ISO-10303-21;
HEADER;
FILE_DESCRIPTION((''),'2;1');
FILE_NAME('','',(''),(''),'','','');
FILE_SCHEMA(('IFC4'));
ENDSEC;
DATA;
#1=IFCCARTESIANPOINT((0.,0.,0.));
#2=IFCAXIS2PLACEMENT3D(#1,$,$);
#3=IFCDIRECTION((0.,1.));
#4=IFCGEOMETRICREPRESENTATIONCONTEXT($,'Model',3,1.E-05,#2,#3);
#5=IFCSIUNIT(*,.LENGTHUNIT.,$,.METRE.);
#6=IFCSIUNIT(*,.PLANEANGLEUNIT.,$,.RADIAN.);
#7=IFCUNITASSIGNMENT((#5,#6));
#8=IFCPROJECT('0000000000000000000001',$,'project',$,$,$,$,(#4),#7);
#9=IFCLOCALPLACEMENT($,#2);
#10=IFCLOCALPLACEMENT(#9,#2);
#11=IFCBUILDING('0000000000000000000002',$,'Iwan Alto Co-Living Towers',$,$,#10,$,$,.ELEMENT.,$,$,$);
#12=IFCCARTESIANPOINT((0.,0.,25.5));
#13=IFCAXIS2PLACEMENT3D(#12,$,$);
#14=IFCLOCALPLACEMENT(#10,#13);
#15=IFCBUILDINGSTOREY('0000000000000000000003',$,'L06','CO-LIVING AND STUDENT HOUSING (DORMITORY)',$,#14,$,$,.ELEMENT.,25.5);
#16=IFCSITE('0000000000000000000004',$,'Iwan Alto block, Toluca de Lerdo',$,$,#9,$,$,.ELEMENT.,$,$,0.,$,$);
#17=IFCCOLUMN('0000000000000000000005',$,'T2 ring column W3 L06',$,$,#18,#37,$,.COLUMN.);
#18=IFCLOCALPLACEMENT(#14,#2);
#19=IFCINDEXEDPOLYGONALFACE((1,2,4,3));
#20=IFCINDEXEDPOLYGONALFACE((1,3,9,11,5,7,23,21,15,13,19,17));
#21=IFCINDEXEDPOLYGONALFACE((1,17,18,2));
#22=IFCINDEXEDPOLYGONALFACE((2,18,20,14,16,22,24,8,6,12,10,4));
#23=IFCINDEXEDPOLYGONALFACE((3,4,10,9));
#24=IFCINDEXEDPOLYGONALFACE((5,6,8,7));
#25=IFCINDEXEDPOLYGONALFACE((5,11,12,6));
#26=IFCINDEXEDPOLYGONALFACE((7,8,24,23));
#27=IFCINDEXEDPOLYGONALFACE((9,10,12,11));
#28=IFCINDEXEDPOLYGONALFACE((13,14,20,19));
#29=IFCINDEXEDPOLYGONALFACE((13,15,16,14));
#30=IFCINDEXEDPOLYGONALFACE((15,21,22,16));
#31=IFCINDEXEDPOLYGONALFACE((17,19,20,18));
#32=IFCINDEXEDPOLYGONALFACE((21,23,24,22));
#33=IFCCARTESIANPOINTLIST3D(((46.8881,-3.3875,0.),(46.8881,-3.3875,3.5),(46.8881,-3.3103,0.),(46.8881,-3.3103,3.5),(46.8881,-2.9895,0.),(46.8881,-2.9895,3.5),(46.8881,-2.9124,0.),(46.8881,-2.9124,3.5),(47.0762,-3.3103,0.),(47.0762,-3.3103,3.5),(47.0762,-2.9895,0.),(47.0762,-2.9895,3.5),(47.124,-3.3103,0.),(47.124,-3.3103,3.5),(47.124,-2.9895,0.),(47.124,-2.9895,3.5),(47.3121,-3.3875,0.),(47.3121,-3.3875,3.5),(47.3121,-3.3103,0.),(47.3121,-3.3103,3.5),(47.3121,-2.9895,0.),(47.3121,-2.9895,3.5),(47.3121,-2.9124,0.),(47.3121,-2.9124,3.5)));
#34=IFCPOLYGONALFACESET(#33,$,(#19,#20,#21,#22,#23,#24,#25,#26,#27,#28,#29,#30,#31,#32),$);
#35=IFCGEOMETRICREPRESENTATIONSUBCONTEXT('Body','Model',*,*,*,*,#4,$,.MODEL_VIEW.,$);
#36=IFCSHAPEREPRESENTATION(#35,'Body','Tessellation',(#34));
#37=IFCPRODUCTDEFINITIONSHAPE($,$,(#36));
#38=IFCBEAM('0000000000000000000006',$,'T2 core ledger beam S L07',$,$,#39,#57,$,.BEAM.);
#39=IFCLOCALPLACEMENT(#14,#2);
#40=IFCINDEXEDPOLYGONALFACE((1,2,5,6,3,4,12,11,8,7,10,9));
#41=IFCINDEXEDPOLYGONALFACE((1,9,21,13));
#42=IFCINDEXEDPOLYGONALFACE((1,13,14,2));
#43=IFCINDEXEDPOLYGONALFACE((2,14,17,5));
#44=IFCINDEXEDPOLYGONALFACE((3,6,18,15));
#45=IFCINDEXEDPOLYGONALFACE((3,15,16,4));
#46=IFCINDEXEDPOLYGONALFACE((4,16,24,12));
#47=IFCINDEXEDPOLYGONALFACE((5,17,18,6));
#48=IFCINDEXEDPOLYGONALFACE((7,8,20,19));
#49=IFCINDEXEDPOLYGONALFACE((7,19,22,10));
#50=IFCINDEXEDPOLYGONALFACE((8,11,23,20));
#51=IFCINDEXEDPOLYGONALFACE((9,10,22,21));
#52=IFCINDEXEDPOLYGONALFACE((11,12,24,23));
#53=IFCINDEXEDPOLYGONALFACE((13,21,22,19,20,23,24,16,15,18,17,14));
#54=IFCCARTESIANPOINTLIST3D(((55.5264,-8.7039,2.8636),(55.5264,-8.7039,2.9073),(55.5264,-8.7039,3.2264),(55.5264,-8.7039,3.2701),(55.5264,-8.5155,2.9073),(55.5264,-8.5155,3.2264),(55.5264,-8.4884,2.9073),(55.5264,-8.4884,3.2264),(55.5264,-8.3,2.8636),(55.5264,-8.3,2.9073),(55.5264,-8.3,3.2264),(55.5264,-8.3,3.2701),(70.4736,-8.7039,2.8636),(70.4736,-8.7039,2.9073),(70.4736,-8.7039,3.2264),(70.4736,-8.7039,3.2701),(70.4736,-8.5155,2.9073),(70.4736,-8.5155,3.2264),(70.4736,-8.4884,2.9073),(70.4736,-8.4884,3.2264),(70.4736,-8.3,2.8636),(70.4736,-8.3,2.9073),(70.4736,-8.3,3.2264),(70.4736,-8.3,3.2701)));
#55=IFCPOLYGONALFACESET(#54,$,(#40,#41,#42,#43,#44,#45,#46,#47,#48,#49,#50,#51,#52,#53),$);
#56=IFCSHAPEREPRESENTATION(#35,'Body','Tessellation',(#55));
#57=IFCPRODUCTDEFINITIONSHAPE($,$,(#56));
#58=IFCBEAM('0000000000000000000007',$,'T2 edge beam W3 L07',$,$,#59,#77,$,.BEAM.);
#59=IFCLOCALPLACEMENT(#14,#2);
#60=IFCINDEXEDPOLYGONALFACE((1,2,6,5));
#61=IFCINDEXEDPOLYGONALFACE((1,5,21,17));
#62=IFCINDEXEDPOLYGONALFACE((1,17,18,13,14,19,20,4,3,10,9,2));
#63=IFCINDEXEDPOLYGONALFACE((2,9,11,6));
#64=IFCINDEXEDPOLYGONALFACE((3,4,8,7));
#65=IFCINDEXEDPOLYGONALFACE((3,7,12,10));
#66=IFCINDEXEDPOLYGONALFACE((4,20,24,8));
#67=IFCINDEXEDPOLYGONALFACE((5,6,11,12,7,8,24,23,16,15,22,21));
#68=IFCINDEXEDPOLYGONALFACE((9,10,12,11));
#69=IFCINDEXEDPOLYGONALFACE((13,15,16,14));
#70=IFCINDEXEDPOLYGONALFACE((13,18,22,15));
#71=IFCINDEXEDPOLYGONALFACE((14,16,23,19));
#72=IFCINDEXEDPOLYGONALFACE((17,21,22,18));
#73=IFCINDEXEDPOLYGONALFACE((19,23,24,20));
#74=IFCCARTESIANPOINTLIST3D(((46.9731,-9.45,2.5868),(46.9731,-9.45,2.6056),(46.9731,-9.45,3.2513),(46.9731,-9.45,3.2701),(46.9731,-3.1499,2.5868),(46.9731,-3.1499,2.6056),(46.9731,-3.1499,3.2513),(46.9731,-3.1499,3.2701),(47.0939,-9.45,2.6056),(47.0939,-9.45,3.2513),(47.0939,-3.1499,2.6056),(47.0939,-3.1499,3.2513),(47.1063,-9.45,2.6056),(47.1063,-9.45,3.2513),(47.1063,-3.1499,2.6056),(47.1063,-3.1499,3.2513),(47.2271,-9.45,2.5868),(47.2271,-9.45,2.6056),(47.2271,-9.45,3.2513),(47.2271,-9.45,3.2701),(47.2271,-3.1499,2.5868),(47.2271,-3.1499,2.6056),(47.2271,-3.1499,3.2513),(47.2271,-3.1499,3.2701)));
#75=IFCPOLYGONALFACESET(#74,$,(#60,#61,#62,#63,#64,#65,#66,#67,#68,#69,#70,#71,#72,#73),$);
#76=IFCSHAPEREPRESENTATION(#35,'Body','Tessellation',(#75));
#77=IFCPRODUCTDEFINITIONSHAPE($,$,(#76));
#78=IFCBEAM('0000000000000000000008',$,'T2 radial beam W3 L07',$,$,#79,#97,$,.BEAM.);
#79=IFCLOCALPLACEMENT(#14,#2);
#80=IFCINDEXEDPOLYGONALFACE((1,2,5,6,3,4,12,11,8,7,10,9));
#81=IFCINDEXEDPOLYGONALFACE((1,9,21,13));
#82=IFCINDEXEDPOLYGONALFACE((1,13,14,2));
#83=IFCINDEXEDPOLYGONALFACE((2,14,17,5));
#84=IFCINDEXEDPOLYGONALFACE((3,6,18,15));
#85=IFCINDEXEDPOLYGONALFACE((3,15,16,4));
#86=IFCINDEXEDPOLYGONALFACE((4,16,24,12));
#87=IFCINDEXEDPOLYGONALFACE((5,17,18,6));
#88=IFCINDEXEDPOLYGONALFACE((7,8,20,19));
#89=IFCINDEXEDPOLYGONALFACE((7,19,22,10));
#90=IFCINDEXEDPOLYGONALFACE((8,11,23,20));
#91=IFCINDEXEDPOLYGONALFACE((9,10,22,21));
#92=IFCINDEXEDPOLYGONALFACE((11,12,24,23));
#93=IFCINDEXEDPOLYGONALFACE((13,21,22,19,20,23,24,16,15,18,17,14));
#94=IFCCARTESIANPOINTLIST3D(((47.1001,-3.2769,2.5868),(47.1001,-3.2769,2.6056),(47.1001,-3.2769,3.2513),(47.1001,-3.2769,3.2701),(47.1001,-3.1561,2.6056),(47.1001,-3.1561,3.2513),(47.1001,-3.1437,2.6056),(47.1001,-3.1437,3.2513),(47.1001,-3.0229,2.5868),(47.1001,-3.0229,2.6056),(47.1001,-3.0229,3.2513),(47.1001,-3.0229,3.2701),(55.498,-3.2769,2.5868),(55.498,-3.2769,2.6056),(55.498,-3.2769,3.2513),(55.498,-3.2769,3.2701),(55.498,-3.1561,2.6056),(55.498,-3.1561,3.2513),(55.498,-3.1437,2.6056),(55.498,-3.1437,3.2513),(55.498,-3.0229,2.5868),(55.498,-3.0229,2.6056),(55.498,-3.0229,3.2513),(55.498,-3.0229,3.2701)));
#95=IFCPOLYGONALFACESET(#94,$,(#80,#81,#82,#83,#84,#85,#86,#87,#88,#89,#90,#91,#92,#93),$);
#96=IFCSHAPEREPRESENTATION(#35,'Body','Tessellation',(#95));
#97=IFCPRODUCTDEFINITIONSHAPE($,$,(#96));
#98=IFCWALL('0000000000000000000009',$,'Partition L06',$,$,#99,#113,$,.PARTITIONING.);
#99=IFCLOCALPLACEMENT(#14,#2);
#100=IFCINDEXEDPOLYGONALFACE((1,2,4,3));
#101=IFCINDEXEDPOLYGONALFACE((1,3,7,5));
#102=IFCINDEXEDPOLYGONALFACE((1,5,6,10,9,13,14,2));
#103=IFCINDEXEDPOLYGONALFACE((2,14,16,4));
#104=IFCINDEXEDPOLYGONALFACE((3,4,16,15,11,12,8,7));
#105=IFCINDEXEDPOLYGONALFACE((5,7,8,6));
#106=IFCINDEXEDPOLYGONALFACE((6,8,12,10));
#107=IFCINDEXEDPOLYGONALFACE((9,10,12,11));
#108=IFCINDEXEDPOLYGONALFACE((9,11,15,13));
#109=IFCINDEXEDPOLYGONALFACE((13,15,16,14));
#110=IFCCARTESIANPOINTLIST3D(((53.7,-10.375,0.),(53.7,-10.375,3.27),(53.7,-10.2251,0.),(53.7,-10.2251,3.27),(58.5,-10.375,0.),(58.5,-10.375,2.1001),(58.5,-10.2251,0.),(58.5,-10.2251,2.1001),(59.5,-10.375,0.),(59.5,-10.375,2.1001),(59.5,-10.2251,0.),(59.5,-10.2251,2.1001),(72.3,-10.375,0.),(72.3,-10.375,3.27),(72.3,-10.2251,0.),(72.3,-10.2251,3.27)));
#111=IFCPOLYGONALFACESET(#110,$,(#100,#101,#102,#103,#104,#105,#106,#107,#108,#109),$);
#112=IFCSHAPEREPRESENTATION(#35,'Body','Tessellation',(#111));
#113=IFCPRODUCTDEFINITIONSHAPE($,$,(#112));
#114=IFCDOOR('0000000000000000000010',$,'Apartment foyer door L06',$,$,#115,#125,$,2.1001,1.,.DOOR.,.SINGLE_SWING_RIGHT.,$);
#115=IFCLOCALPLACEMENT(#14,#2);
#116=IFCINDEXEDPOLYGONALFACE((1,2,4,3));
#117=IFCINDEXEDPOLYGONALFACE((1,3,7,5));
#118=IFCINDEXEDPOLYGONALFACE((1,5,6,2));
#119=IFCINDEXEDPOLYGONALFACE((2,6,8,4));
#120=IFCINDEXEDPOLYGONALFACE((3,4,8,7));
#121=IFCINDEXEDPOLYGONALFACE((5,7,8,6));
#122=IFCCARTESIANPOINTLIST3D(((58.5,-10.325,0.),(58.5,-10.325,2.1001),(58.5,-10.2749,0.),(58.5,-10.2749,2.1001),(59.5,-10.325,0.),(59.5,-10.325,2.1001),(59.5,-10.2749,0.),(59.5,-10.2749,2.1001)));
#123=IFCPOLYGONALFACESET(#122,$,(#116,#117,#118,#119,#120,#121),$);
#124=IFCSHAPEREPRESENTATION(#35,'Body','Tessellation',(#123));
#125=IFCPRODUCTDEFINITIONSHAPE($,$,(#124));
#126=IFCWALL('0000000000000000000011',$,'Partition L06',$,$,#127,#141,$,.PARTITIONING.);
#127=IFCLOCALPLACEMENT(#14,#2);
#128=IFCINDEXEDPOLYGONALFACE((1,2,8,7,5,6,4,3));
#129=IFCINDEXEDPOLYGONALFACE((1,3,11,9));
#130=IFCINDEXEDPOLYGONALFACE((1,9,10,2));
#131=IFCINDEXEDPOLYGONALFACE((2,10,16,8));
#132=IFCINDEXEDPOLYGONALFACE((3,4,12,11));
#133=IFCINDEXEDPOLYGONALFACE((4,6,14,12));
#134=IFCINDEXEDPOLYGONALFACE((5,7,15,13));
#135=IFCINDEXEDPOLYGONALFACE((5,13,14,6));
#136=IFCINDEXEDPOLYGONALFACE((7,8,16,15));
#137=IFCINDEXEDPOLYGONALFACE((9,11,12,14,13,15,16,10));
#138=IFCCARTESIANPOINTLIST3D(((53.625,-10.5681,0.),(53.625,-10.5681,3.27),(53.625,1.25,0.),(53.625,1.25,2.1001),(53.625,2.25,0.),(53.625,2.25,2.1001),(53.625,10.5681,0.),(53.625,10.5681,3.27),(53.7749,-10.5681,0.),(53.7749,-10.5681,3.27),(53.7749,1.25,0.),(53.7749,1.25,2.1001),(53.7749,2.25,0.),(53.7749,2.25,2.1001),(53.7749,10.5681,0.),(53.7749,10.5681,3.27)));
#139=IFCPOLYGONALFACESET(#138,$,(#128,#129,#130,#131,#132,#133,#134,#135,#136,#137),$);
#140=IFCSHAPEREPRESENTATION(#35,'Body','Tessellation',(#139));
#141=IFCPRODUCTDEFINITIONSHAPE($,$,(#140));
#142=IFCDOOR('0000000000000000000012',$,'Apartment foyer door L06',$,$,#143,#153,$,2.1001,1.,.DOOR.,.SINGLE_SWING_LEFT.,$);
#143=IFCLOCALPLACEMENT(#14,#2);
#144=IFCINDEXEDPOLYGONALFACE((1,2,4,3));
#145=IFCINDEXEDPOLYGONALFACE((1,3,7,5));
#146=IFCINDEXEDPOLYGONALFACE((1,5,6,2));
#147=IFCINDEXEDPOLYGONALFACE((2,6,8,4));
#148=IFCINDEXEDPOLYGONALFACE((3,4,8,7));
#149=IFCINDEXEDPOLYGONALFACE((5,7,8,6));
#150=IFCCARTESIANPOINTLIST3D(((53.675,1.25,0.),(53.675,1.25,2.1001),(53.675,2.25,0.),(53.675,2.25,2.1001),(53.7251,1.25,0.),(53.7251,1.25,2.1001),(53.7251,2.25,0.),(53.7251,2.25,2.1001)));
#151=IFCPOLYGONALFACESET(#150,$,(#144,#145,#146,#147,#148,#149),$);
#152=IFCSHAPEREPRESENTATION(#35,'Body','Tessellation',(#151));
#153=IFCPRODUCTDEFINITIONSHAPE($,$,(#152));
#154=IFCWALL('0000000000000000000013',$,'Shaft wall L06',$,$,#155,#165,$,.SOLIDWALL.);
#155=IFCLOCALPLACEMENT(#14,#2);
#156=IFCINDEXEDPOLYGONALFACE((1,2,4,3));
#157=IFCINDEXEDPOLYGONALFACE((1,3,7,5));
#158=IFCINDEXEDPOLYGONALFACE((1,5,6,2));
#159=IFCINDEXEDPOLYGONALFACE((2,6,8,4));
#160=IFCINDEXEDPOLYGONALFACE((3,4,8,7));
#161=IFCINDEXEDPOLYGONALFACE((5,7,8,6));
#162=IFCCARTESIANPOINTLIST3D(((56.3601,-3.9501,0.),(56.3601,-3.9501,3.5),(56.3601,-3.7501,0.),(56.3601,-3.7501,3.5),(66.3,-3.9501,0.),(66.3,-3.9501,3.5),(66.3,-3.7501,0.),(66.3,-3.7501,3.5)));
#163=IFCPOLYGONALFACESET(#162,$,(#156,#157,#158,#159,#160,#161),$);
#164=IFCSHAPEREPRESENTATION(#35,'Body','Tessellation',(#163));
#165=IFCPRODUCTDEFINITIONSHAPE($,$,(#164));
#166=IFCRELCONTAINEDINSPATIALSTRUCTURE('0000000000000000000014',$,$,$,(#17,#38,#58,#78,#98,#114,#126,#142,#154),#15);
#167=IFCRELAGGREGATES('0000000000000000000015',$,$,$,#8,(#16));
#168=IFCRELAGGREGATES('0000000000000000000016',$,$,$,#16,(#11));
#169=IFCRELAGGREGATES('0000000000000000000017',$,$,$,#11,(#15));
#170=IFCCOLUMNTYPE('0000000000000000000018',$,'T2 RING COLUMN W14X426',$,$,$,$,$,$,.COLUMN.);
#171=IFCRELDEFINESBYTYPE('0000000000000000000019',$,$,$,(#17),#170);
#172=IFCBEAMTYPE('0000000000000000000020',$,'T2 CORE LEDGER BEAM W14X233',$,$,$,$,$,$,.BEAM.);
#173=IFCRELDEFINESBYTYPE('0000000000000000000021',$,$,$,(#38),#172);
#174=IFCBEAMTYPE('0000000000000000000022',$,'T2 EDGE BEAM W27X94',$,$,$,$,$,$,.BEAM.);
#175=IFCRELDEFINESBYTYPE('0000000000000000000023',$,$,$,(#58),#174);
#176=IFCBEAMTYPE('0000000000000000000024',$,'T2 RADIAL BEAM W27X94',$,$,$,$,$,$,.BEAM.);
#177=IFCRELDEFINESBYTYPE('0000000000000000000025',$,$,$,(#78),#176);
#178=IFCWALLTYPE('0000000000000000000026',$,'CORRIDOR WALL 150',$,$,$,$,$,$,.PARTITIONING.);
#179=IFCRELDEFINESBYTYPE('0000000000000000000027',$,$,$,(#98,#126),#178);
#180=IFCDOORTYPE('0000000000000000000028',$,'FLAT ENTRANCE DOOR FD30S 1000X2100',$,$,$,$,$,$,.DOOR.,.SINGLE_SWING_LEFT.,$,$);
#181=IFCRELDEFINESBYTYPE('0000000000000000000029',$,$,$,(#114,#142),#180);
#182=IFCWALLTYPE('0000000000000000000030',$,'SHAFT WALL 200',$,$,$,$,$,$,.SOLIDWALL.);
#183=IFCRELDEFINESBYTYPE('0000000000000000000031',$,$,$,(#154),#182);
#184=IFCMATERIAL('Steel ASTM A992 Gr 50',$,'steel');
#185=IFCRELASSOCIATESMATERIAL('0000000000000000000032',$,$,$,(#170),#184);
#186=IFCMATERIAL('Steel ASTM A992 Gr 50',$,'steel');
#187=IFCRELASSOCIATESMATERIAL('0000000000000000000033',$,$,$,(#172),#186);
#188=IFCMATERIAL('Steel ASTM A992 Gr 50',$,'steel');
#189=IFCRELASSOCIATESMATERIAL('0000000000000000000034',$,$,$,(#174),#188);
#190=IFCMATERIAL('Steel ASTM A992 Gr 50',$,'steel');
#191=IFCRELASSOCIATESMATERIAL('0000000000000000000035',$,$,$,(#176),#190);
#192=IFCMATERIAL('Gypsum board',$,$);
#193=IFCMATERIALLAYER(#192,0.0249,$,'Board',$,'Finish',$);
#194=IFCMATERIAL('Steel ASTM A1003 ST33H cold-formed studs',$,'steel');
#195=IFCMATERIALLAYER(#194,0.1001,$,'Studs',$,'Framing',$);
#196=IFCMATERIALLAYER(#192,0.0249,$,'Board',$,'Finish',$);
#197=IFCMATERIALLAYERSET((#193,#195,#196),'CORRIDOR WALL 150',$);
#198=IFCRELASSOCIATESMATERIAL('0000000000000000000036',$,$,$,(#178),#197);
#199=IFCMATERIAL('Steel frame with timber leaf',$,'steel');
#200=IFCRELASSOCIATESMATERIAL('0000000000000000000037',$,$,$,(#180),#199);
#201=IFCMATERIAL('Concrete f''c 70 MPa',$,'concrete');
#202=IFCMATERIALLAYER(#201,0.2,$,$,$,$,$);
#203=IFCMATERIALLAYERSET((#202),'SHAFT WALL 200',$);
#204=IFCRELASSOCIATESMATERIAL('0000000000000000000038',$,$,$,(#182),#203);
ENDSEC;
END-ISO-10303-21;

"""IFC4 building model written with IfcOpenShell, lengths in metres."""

from ifc_helpers import new_model, si_unit, direction, frame, frame_2d, origin, origin_2d, place, context, subcontext, project, spatial, rectangle, i_section, extrude, material, layer, layer_set, material_profile, profile_set, type_object, element, fill, save


model = new_model("IFC4")

# Units and contexts
model_context = context("Model", 3, precision=1e-05, world=origin(), true_north=direction((0.0, 1.0)))
body_context = subcontext(model_context, "Body", "Model", "MODEL_VIEW")
ifc_project = project(units=[si_unit("LENGTHUNIT", "METRE"), si_unit("PLANEANGLEUNIT", "RADIAN")], contexts=[model_context])

# Site, building, storey
site_placement = place(None, origin())
site = spatial("IfcSite", under=ifc_project, at=site_placement, Name="Iwan Alto block, Toluca de Lerdo", CompositionType="ELEMENT", RefElevation=0.0)
building_placement = place(site_placement, origin())
building = spatial("IfcBuilding", under=site, at=building_placement, Name="Iwan Alto Co-Living Towers", CompositionType="ELEMENT")
storey_placement = place(building_placement, frame((0.0, 0.0, 25.5)))
storey = spatial("IfcBuildingStorey", under=building, at=storey_placement, Name="L06", Description="CO-LIVING AND STUDENT HOUSING (DORMITORY)", CompositionType="ELEMENT", Elevation=25.5)

# Column
ifc_material_1 = material(Name="Steel ASTM A992 Gr 50", Category="steel")
ifc_material_profile_1 = material_profile(ifc_material_1, i_section(OverallWidth=0.4241, OverallDepth=0.4751, WebThickness=0.0479, FlangeThickness=0.0771, at=origin_2d()), Name="W14X426")
ifc_profile_set_1 = profile_set([ifc_material_profile_1], Name="Steel ASTM A992 Gr 50")
column_type = type_object("IfcColumnType", Name="T2 RING COLUMN W14X426", PredefinedType="COLUMN", material=ifc_profile_set_1)
column_placement = place(storey_placement, frame((47.1001, -3.1499, 0.0), z_axis=(0.0, 0.0, 1.0), x_axis=(1.0, 0.0, 0.0)))
element("IfcColumn", 1, at=column_placement, inside=storey, type_object=column_type, Name="T2 ring column W3 L06", PredefinedType="COLUMN", context=body_context, shape_type="SweptSolid", body=[
    extrude(i_section(OverallWidth=0.4241, OverallDepth=0.4751, WebThickness=0.0479, FlangeThickness=0.0771, at=origin_2d()), origin(), (0.0, 0.0, 1.0), 3.5),
])

# Beams
ifc_material_2 = material(Name="Steel ASTM A992 Gr 50", Category="steel")
ifc_material_profile_2 = material_profile(ifc_material_2, i_section(OverallWidth=0.4038, OverallDepth=0.4065, WebThickness=0.0271, FlangeThickness=0.0437, at=origin_2d()), Name="W14X233")
ifc_profile_set_2 = profile_set([ifc_material_profile_2], Name="Steel ASTM A992 Gr 50")
beam_type_1 = type_object("IfcBeamType", Name="T2 CORE LEDGER BEAM W14X233", PredefinedType="BEAM", material=ifc_profile_set_2)
beam_1_placement = place(storey_placement, frame((55.5264, -8.502, 3.0669), z_axis=(1.0, 0.0, 0.0), x_axis=(0.0, 1.0, 0.0)))
element("IfcBeam", 2, at=beam_1_placement, inside=storey, type_object=beam_type_1, Name="T2 core ledger beam S L07", PredefinedType="BEAM", context=body_context, shape_type="SweptSolid", body=[
    extrude(i_section(OverallWidth=0.4038, OverallDepth=0.4065, WebThickness=0.0271, FlangeThickness=0.0437, at=origin_2d()), origin(), (0.0, 0.0, 1.0), 14.9473),
])
ifc_material_3 = material(Name="Steel ASTM A992 Gr 50", Category="steel")
ifc_material_profile_3 = material_profile(ifc_material_3, i_section(OverallWidth=0.2539, OverallDepth=0.6833, WebThickness=0.0125, FlangeThickness=0.0188, at=origin_2d()), Name="W27X94")
ifc_profile_set_3 = profile_set([ifc_material_profile_3], Name="Steel ASTM A992 Gr 50")
beam_type_2 = type_object("IfcBeamType", Name="T2 EDGE BEAM W27X94", PredefinedType="BEAM", material=ifc_profile_set_3)
beam_2_placement = place(storey_placement, frame((47.1001, -3.1499, 2.9285), z_axis=(0.0, -1.0, 0.0), x_axis=(1.0, 0.0, 0.0)))
element("IfcBeam", 3, at=beam_2_placement, inside=storey, type_object=beam_type_2, Name="T2 edge beam W3 L07", PredefinedType="BEAM", context=body_context, shape_type="SweptSolid", body=[
    extrude(i_section(OverallWidth=0.2539, OverallDepth=0.6833, WebThickness=0.0125, FlangeThickness=0.0188, at=origin_2d()), origin(), (0.0, 0.0, 1.0), 6.3),
])
ifc_material_4 = material(Name="Steel ASTM A992 Gr 50", Category="steel")
ifc_material_profile_4 = material_profile(ifc_material_4, i_section(OverallWidth=0.2539, OverallDepth=0.6833, WebThickness=0.0125, FlangeThickness=0.0188, at=origin_2d()), Name="W27X94")
ifc_profile_set_4 = profile_set([ifc_material_profile_4], Name="Steel ASTM A992 Gr 50")
beam_type_3 = type_object("IfcBeamType", Name="T2 RADIAL BEAM W27X94", PredefinedType="BEAM", material=ifc_profile_set_4)
beam_3_placement = place(storey_placement, frame((47.1001, -3.1499, 2.9285), z_axis=(1.0, 0.0, 0.0), x_axis=(0.0, 1.0, 0.0)))
element("IfcBeam", 4, at=beam_3_placement, inside=storey, type_object=beam_type_3, Name="T2 radial beam W3 L07", PredefinedType="BEAM", context=body_context, shape_type="SweptSolid", body=[
    extrude(i_section(OverallWidth=0.2539, OverallDepth=0.6833, WebThickness=0.0125, FlangeThickness=0.0188, at=origin_2d()), origin(), (0.0, 0.0, 1.0), 8.3979),
])

# Walls, openings, doors
ifc_material_5 = material(Name="Gypsum board")
ifc_layer_1 = layer(ifc_material_5, 0.0249, Name="Board", Category="Finish")
ifc_material_6 = material(Name="Steel ASTM A1003 ST33H cold-formed studs", Category="steel")
ifc_layer_2 = layer(ifc_material_6, 0.1001, Name="Studs", Category="Framing")
ifc_layer_3 = layer(ifc_material_5, 0.0249, Name="Board", Category="Finish")
ifc_layer_set_1 = layer_set([ifc_layer_1, ifc_layer_2, ifc_layer_3], Name="CORRIDOR WALL 150")
wall_type_1 = type_object("IfcWallType", Name="CORRIDOR WALL 150", PredefinedType="PARTITIONING", material=ifc_layer_set_1)
wall_1_placement = place(storey_placement, frame((53.7, -10.3, 0.0), z_axis=(0.0, 0.0, 1.0), x_axis=(1.0, 0.0, 0.0)))
wall_1 = element("IfcWall", 5, at=wall_1_placement, inside=storey, type_object=wall_type_1, Name="Partition L06", PredefinedType="PARTITIONING", context=body_context, shape_type="SweptSolid", body=[
    extrude(rectangle(XDim=18.6001, YDim=0.1499, at=frame_2d((9.3, 0.0))), origin(), (0.0, 0.0, 1.0), 3.27),
])
opening_1_placement = place(wall_1_placement, frame((4.8, 0.0, 0.0)))
opening_1 = element("IfcOpeningElement", 6, at=opening_1_placement, cuts=wall_1, PredefinedType="OPENING", context=body_context, shape_type="SweptSolid", body=[
    extrude(rectangle(XDim=1.0, YDim=2.1001, at=frame_2d((0.5, 1.05))), frame((0.0, 0.085, 0.0), z_axis=(0.0, -1.0, 0.0), x_axis=(1.0, 0.0, 0.0)), (0.0, 0.0, 1.0), 0.1699),
])
ifc_material_7 = material(Name="Steel frame with timber leaf", Category="steel")
door_type_1 = type_object("IfcDoorType", Name="FLAT ENTRANCE DOOR FD30S 1000X2100", OperationType="SINGLE_SWING_LEFT", PredefinedType="DOOR", material=ifc_material_7)
door_1_placement = place(opening_1_placement, frame((1.0, 0.0, 0.0), z_axis=(0.0, 0.0, 1.0), x_axis=(-1.0, 0.0, 0.0)))
door_1 = element("IfcDoor", 7, at=door_1_placement, inside=storey, type_object=door_type_1, Name="Apartment foyer door L06", OperationType="SINGLE_SWING_RIGHT", OverallHeight=2.1001, OverallWidth=1.0, PredefinedType="DOOR", context=body_context, shape_type="SweptSolid", body=[
    extrude(rectangle(XDim=1.0, YDim=2.1001, at=frame_2d((0.5, 1.05))), frame((0.0, 0.0249, 0.0), z_axis=(0.0, -1.0, 0.0), x_axis=(1.0, 0.0, 0.0)), (0.0, 0.0, 1.0), 0.05),
])
fill(opening_1, door_1)
wall_2_placement = place(storey_placement, frame((53.7, -10.5681, 0.0), z_axis=(0.0, 0.0, 1.0), x_axis=(0.0, 1.0, 0.0)))
wall_2 = element("IfcWall", 8, at=wall_2_placement, inside=storey, type_object=wall_type_1, Name="Partition L06", PredefinedType="PARTITIONING", context=body_context, shape_type="SweptSolid", body=[
    extrude(rectangle(XDim=21.1362, YDim=0.1499, at=frame_2d((10.5681, 0.0))), origin(), (0.0, 0.0, 1.0), 3.27),
])
opening_2_placement = place(wall_2_placement, frame((11.8181, 0.0, 0.0)))
opening_2 = element("IfcOpeningElement", 9, at=opening_2_placement, cuts=wall_2, PredefinedType="OPENING", context=body_context, shape_type="SweptSolid", body=[
    extrude(rectangle(XDim=1.0, YDim=2.1001, at=frame_2d((0.5, 1.05))), frame((0.0, 0.085, 0.0), z_axis=(0.0, -1.0, 0.0), x_axis=(1.0, 0.0, 0.0)), (0.0, 0.0, 1.0), 0.1699),
])
door_2_placement = place(opening_2_placement, origin())
door_2 = element("IfcDoor", 10, at=door_2_placement, inside=storey, type_object=door_type_1, Name="Apartment foyer door L06", OperationType="SINGLE_SWING_LEFT", OverallHeight=2.1001, OverallWidth=1.0, PredefinedType="DOOR", context=body_context, shape_type="SweptSolid", body=[
    extrude(rectangle(XDim=1.0, YDim=2.1001, at=frame_2d((0.5, 1.05))), frame((0.0, 0.0249, 0.0), z_axis=(0.0, -1.0, 0.0), x_axis=(1.0, 0.0, 0.0)), (0.0, 0.0, 1.0), 0.05),
])
fill(opening_2, door_2)

# Wall
ifc_material_8 = material(Name="Concrete f'c 70 MPa", Category="concrete")
ifc_layer_4 = layer(ifc_material_8, 0.2)
ifc_layer_set_2 = layer_set([ifc_layer_4], Name="SHAFT WALL 200")
wall_type_2 = type_object("IfcWallType", Name="SHAFT WALL 200", PredefinedType="SOLIDWALL", material=ifc_layer_set_2)
wall_3_placement = place(storey_placement, frame((56.3601, -3.8501, 0.0), z_axis=(0.0, 0.0, 1.0), x_axis=(1.0, 0.0, 0.0)))
element("IfcWall", 11, at=wall_3_placement, inside=storey, type_object=wall_type_2, Name="Shaft wall L06", PredefinedType="SOLIDWALL", context=body_context, shape_type="SweptSolid", body=[
    extrude(rectangle(XDim=9.9399, YDim=0.2, at=frame_2d((4.97, 0.0))), origin(), (0.0, 0.0, 1.0), 3.5),
])

save(model, "model.ifc")
